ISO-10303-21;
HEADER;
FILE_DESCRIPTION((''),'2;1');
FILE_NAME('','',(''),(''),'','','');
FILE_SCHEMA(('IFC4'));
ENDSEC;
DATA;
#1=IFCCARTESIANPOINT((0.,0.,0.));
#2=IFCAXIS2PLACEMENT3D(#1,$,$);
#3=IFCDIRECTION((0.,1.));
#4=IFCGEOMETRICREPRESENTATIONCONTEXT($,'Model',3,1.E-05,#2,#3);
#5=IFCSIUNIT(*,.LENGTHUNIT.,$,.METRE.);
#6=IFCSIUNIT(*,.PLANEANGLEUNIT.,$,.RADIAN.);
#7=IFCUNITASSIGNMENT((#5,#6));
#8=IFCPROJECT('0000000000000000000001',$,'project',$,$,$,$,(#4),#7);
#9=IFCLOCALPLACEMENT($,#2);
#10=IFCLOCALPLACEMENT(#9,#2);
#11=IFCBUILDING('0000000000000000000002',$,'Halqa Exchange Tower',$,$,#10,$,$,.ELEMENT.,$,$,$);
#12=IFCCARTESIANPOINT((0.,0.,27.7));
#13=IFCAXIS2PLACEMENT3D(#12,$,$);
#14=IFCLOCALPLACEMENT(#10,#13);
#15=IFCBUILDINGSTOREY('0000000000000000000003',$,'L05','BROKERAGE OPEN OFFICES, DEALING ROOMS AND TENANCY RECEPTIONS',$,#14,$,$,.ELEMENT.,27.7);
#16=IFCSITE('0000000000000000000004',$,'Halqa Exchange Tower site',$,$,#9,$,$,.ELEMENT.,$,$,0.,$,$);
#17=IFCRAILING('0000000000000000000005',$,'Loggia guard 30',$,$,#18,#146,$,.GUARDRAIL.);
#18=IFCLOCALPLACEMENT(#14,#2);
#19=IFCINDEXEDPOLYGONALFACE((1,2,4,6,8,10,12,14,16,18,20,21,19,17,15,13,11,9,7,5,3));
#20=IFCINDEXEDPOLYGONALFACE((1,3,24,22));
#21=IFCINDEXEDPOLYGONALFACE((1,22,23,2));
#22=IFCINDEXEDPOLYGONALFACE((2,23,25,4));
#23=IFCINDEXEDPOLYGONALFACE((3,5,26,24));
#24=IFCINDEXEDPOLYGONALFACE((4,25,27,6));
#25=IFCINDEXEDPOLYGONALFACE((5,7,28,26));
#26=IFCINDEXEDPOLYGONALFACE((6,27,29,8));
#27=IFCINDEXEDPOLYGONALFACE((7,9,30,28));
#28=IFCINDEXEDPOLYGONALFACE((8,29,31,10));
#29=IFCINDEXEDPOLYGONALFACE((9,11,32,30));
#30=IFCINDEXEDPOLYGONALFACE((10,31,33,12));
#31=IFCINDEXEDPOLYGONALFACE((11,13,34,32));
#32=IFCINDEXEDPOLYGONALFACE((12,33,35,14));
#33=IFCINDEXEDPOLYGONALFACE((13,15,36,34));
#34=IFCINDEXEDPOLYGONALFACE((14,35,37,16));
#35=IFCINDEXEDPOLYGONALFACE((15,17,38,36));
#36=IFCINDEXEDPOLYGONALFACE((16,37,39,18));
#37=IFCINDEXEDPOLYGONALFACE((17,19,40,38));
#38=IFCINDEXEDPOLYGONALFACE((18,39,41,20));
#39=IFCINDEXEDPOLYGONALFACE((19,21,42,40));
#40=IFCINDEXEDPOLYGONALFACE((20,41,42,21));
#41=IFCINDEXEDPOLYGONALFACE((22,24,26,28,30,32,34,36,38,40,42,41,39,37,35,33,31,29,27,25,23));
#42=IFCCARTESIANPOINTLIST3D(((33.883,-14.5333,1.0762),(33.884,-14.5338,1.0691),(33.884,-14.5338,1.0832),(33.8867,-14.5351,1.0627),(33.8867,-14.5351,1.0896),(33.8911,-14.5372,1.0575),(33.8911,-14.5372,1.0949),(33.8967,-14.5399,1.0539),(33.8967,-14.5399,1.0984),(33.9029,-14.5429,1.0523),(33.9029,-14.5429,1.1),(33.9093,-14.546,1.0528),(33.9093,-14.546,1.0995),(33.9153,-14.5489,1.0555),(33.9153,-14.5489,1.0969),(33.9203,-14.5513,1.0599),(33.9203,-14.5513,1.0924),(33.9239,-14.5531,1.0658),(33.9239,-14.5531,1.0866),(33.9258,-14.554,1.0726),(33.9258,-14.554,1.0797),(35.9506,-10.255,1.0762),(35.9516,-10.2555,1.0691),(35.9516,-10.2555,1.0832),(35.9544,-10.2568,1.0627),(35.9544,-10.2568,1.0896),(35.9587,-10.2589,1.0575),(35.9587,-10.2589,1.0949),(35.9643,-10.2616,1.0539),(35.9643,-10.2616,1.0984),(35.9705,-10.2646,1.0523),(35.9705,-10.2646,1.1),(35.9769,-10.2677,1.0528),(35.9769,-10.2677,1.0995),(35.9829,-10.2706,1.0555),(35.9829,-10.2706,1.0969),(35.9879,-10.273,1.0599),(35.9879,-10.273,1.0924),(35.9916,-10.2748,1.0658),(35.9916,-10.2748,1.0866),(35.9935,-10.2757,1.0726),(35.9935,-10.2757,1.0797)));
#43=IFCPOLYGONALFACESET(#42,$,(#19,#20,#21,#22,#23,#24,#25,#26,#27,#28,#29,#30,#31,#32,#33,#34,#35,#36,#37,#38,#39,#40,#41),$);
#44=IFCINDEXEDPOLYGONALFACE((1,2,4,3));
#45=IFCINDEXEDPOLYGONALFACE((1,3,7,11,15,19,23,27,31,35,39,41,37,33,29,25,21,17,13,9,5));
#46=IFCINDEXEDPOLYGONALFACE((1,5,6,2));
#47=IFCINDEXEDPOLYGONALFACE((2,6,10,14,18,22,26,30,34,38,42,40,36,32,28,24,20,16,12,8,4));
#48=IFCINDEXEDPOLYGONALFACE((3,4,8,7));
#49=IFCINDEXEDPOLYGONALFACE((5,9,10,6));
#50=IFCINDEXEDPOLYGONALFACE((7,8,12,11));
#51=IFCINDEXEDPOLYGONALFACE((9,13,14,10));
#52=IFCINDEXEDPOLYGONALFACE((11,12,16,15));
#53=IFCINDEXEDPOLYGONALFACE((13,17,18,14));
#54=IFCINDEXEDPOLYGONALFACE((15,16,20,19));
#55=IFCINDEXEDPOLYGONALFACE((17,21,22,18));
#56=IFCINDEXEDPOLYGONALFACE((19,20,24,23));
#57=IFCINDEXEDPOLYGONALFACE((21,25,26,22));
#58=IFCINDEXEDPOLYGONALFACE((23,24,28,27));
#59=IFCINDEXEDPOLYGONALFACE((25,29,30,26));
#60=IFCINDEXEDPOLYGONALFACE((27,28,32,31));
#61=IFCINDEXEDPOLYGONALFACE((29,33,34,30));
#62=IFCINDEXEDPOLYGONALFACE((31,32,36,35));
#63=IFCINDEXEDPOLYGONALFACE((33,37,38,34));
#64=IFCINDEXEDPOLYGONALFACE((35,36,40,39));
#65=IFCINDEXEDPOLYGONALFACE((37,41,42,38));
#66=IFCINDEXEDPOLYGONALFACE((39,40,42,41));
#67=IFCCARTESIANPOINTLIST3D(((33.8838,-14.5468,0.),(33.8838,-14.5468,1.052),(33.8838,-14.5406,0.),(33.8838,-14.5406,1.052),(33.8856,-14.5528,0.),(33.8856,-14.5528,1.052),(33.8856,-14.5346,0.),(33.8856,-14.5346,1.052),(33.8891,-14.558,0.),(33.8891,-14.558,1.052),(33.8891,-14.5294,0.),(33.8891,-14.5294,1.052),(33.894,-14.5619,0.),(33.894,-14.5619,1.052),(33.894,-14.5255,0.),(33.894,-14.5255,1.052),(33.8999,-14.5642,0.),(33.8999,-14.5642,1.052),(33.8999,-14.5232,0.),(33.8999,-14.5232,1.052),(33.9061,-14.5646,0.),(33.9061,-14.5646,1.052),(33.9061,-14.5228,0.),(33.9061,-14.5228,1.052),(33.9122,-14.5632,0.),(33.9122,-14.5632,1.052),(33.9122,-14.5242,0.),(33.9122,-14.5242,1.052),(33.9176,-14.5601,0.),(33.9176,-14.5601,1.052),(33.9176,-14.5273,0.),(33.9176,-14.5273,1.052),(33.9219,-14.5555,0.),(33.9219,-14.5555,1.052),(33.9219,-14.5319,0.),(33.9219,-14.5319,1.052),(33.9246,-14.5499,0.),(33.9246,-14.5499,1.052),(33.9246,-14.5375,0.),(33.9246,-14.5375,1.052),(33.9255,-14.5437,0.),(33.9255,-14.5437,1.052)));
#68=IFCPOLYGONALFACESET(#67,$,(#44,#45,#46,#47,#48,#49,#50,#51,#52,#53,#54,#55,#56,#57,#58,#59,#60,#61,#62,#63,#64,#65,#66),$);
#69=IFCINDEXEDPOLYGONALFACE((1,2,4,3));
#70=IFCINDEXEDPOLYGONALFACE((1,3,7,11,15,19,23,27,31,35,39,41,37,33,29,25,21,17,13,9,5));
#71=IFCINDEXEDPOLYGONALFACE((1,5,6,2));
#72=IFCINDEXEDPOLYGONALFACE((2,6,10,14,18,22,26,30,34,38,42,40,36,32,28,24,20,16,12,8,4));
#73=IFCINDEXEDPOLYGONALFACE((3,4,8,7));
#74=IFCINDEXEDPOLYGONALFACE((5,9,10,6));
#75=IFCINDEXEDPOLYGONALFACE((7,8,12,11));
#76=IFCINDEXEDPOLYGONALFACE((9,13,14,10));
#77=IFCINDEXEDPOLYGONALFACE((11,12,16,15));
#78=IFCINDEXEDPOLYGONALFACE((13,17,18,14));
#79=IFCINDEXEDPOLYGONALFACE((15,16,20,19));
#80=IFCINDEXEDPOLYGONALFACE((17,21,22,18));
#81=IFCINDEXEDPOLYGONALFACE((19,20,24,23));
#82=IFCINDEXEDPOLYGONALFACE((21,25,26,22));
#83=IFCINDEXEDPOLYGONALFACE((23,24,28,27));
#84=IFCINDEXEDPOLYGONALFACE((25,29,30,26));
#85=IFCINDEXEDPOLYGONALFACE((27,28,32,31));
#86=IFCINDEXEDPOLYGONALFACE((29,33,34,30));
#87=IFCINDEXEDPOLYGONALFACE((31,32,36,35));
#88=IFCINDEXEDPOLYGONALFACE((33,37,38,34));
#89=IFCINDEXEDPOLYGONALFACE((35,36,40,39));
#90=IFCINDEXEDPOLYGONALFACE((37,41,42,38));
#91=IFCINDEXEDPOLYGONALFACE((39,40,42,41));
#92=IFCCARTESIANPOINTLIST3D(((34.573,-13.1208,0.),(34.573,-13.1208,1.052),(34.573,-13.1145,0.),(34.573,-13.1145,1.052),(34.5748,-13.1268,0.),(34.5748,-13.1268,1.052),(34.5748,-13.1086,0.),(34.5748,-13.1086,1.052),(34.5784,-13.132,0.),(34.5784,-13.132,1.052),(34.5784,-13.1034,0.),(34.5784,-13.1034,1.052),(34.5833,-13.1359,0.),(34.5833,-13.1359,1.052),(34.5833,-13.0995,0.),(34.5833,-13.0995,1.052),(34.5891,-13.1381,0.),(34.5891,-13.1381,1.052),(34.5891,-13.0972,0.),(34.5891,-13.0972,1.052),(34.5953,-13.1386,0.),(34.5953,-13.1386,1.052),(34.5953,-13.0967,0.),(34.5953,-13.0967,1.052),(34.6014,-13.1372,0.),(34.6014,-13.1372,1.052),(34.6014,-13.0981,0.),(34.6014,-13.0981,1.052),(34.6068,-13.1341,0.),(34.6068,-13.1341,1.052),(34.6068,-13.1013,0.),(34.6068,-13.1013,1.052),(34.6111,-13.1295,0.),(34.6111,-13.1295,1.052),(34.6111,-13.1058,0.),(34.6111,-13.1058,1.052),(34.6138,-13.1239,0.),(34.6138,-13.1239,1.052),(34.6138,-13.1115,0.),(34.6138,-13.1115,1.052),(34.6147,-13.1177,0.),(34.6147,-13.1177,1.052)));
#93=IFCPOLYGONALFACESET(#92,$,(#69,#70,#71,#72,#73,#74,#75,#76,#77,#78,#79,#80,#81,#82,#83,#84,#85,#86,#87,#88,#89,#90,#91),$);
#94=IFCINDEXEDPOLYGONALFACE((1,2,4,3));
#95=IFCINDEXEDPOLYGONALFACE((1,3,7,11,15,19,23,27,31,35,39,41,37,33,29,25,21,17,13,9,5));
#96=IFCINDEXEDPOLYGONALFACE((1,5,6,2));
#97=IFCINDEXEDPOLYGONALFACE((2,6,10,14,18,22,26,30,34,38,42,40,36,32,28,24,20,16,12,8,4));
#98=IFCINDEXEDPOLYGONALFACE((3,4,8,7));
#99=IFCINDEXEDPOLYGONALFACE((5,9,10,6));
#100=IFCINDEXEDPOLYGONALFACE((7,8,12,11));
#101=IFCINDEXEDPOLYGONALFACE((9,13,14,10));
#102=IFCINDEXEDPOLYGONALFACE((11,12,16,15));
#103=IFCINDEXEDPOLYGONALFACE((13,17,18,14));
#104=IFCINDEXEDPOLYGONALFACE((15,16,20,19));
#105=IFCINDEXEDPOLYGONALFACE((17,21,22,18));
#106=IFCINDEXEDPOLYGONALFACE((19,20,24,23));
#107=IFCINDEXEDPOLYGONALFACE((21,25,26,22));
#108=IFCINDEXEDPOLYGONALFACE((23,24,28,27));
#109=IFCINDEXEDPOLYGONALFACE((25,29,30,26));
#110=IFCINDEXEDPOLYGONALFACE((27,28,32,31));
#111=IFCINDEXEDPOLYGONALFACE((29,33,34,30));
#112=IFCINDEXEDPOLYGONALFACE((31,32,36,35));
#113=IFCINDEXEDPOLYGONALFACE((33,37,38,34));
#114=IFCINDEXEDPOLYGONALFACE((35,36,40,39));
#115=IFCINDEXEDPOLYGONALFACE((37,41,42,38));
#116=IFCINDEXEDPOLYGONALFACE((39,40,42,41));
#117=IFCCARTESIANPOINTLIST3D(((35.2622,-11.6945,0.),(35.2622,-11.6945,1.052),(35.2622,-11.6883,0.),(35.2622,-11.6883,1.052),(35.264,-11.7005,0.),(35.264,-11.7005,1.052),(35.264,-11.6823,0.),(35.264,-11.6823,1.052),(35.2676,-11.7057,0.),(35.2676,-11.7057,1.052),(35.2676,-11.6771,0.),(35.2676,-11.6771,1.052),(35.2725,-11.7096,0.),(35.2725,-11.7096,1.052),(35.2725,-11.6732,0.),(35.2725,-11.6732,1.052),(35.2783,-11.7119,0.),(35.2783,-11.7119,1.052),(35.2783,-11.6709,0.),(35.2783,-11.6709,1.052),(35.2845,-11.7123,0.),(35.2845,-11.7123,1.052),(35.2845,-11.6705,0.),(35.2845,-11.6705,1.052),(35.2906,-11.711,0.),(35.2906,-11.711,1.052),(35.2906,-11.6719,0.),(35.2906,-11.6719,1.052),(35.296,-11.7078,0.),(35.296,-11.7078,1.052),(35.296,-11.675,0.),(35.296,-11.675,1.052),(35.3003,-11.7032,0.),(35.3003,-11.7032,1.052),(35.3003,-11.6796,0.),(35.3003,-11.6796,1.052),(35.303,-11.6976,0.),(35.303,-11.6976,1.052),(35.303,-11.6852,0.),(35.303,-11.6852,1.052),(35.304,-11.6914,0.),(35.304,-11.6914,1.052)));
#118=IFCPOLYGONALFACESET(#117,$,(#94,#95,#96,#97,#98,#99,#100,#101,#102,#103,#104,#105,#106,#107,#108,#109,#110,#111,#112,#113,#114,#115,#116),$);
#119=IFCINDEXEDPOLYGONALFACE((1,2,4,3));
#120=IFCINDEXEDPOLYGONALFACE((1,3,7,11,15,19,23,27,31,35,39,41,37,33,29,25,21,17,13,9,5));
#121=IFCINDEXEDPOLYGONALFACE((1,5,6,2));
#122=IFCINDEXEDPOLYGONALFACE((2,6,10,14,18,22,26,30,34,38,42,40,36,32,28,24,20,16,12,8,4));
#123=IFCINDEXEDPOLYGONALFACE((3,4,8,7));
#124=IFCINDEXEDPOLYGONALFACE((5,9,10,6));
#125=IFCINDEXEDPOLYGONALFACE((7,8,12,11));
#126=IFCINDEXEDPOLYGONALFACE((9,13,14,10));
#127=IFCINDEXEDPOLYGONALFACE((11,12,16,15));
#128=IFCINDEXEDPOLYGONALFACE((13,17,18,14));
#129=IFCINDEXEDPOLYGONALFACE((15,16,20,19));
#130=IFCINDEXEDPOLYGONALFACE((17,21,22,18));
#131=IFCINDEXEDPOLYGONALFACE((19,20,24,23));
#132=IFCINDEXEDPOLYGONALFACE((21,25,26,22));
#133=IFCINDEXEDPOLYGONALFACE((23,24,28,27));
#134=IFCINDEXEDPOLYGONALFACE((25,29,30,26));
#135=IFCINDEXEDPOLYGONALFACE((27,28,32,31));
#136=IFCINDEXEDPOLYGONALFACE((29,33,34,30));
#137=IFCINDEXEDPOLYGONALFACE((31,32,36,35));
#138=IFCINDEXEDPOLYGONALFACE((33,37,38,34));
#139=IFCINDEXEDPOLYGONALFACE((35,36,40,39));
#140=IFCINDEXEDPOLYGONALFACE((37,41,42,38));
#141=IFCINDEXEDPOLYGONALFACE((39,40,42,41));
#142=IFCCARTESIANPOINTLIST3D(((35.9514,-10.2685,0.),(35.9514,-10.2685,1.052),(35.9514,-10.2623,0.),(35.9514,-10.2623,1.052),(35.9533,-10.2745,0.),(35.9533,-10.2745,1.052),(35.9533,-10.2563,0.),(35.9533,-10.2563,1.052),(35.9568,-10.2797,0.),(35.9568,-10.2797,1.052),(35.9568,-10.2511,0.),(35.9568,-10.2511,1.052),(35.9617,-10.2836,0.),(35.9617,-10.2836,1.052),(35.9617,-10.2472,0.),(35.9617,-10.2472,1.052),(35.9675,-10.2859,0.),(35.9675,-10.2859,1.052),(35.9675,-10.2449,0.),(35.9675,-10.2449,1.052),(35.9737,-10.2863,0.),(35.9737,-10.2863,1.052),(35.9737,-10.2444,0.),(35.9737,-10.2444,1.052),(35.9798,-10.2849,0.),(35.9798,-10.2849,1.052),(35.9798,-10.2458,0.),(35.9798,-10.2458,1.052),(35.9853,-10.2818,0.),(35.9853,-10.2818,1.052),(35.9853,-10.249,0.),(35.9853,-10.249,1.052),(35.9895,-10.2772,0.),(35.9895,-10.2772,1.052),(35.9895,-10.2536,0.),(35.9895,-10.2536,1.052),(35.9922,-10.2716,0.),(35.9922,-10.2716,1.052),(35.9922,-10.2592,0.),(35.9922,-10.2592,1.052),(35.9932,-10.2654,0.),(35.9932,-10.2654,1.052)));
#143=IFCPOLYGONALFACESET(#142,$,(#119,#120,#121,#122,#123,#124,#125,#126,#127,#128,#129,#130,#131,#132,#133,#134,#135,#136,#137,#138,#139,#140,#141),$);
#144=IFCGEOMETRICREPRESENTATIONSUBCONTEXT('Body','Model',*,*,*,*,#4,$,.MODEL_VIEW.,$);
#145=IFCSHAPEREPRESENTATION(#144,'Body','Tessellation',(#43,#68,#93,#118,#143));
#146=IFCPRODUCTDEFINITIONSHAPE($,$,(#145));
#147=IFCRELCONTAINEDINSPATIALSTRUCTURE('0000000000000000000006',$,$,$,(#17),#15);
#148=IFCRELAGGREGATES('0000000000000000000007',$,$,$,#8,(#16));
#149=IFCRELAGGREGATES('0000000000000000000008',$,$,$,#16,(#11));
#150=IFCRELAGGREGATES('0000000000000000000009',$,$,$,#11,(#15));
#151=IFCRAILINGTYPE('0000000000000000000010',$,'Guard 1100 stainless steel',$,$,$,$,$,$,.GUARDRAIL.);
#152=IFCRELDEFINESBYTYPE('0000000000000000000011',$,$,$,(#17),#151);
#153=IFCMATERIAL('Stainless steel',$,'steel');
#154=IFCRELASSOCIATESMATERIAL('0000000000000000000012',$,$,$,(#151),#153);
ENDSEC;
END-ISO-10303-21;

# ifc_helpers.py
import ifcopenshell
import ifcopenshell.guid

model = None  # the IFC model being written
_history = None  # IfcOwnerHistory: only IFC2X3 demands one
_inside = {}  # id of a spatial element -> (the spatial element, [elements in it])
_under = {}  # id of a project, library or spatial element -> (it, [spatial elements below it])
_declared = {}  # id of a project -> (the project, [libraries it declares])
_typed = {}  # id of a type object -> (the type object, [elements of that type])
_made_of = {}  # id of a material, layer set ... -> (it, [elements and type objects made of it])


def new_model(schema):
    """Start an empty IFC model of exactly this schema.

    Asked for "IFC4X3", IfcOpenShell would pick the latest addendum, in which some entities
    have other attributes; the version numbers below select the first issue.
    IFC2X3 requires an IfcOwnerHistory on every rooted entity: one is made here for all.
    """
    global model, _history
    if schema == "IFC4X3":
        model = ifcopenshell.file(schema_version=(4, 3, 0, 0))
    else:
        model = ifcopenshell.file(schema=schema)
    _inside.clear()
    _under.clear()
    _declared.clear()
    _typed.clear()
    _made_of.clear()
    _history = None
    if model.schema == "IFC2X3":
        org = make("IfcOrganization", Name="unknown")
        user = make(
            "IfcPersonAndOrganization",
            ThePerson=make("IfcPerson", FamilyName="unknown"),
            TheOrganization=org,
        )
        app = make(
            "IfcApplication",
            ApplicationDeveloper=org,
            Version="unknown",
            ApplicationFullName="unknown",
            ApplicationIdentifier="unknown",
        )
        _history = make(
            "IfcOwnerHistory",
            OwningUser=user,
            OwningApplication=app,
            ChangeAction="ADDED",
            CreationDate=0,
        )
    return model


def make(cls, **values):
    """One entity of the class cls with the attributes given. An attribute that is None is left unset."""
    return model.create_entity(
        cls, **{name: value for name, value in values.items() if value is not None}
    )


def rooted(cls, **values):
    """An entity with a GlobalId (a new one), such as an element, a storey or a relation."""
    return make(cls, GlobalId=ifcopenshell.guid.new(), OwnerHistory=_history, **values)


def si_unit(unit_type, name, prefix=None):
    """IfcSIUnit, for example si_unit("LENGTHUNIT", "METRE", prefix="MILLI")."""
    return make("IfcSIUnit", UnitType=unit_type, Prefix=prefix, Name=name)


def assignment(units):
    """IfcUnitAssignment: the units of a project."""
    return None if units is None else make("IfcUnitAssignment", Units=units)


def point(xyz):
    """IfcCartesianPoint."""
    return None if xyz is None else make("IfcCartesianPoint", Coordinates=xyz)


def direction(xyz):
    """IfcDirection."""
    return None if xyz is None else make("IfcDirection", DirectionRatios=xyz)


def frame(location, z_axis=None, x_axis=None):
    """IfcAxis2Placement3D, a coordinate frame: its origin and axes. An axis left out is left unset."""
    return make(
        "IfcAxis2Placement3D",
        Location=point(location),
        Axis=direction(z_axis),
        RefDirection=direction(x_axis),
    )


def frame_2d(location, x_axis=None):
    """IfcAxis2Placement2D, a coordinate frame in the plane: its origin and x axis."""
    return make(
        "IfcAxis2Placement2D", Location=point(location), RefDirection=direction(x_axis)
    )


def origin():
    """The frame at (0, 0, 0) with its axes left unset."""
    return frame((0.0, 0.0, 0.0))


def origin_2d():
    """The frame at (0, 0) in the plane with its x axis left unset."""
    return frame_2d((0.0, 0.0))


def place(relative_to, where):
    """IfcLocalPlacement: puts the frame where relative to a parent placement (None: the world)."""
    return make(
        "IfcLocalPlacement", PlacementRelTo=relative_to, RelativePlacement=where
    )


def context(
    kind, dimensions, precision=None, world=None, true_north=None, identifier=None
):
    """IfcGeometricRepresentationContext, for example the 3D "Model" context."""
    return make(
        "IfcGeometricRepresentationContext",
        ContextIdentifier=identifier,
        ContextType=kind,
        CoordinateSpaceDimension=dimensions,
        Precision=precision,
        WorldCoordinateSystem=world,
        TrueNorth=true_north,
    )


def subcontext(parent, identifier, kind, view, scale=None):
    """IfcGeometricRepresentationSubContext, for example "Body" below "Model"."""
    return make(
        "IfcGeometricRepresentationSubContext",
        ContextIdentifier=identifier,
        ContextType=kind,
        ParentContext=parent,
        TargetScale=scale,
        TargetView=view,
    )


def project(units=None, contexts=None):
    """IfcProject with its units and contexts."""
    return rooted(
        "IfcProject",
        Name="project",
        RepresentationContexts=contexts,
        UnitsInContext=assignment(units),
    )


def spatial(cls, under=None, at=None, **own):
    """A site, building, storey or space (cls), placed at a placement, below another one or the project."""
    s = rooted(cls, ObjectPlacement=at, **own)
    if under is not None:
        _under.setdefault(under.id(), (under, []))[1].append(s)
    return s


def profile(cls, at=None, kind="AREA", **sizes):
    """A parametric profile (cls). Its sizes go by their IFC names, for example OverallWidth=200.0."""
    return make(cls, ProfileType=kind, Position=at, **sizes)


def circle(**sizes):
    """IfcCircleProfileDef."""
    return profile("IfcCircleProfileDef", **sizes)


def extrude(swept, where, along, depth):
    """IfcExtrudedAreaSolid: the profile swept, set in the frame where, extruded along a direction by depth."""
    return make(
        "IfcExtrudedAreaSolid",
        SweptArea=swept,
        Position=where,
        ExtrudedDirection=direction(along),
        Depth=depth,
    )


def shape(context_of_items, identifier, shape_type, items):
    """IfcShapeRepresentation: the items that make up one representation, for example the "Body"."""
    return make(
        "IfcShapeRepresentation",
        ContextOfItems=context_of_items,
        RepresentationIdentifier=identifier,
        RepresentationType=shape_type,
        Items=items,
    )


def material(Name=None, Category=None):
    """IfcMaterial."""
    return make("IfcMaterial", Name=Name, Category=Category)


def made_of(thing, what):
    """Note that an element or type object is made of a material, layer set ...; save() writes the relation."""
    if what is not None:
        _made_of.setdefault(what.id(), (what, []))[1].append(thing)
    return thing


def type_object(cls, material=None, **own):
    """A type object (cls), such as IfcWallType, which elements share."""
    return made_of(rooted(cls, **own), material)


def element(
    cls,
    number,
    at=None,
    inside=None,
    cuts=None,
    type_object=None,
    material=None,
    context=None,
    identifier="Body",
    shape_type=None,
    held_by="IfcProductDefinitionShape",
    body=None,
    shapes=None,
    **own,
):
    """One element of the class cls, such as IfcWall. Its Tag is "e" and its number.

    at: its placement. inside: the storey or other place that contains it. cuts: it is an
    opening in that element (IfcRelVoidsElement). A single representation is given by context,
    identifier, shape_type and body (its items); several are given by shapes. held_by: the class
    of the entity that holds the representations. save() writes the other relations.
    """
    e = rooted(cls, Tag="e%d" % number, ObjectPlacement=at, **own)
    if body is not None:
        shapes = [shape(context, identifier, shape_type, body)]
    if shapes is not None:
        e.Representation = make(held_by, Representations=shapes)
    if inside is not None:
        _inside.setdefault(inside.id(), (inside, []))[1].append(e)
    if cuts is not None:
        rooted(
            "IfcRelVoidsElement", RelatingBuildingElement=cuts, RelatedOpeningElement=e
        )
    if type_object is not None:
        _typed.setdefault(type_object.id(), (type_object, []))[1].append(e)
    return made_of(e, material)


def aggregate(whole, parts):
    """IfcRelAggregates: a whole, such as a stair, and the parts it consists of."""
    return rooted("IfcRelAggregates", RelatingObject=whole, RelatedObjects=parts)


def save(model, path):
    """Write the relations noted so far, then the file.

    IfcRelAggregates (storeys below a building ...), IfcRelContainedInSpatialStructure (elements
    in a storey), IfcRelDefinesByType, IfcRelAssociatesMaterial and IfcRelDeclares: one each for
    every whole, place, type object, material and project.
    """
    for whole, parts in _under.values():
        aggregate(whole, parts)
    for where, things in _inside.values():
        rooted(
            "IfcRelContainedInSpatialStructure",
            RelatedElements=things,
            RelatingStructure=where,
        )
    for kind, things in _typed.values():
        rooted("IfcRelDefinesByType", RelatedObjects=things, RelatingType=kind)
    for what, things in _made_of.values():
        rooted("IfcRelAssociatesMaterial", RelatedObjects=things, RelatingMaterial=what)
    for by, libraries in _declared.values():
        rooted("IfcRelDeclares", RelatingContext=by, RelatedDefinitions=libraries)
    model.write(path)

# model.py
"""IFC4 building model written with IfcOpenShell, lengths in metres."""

from ifc_helpers import new_model, si_unit, direction, frame, origin, origin_2d, place, context, subcontext, project, spatial, circle, extrude, material, type_object, element, save


model = new_model("IFC4")

# Units and contexts
model_context = context("Model", 3, precision=1e-05, world=origin(), true_north=direction((0.0, 1.0)))
body_context = subcontext(model_context, "Body", "Model", "MODEL_VIEW")
ifc_project = project(units=[si_unit("LENGTHUNIT", "METRE"), si_unit("PLANEANGLEUNIT", "RADIAN")], contexts=[model_context])

# Site, building, storey
site_placement = place(None, origin())
site = spatial("IfcSite", under=ifc_project, at=site_placement, Name="Halqa Exchange Tower site", CompositionType="ELEMENT", RefElevation=0.0)
building_placement = place(site_placement, origin())
building = spatial("IfcBuilding", under=site, at=building_placement, Name="Halqa Exchange Tower", CompositionType="ELEMENT")
storey_placement = place(building_placement, frame((0.0, 0.0, 27.7)))
storey = spatial("IfcBuildingStorey", under=building, at=storey_placement, Name="L05", Description="BROKERAGE OPEN OFFICES, DEALING ROOMS AND TENANCY RECEPTIONS", CompositionType="ELEMENT", Elevation=27.7)

# Railing
ifc_material_1 = material(Name="Stainless steel", Category="steel")
railing_type = type_object("IfcRailingType", Name="Guard 1100 stainless steel", PredefinedType="GUARDRAIL", material=ifc_material_1)
railing_1_placement = place(storey_placement, frame((33.9045, -14.5437, 0.0)))
element("IfcRailing", 1, at=railing_1_placement, inside=storey, type_object=railing_type, Name="Loggia guard 30", PredefinedType="GUARDRAIL", context=body_context, shape_type="SweptSolid", body=[
    extrude(circle(Radius=0.0239, at=origin_2d()), frame((0.0, 0.0, 1.0762), z_axis=(0.43513, 0.900368, 0.0), x_axis=(-0.900368, 0.43513, 0.0)), (0.0, 0.0, 1.0), 4.7517),
    extrude(circle(Radius=0.021, at=origin_2d()), origin(), (0.0, 0.0, 1.0), 1.052),
    extrude(circle(Radius=0.021, at=origin_2d()), frame((0.6892, 1.426, 0.0)), (0.0, 0.0, 1.0), 1.052),
    extrude(circle(Radius=0.021, at=origin_2d()), frame((1.3784, 2.8523, 0.0)), (0.0, 0.0, 1.0), 1.052),
    extrude(circle(Radius=0.021, at=origin_2d()), frame((2.0676, 4.2783, 0.0)), (0.0, 0.0, 1.0), 1.052),
])

save(model, "model.ifc")
